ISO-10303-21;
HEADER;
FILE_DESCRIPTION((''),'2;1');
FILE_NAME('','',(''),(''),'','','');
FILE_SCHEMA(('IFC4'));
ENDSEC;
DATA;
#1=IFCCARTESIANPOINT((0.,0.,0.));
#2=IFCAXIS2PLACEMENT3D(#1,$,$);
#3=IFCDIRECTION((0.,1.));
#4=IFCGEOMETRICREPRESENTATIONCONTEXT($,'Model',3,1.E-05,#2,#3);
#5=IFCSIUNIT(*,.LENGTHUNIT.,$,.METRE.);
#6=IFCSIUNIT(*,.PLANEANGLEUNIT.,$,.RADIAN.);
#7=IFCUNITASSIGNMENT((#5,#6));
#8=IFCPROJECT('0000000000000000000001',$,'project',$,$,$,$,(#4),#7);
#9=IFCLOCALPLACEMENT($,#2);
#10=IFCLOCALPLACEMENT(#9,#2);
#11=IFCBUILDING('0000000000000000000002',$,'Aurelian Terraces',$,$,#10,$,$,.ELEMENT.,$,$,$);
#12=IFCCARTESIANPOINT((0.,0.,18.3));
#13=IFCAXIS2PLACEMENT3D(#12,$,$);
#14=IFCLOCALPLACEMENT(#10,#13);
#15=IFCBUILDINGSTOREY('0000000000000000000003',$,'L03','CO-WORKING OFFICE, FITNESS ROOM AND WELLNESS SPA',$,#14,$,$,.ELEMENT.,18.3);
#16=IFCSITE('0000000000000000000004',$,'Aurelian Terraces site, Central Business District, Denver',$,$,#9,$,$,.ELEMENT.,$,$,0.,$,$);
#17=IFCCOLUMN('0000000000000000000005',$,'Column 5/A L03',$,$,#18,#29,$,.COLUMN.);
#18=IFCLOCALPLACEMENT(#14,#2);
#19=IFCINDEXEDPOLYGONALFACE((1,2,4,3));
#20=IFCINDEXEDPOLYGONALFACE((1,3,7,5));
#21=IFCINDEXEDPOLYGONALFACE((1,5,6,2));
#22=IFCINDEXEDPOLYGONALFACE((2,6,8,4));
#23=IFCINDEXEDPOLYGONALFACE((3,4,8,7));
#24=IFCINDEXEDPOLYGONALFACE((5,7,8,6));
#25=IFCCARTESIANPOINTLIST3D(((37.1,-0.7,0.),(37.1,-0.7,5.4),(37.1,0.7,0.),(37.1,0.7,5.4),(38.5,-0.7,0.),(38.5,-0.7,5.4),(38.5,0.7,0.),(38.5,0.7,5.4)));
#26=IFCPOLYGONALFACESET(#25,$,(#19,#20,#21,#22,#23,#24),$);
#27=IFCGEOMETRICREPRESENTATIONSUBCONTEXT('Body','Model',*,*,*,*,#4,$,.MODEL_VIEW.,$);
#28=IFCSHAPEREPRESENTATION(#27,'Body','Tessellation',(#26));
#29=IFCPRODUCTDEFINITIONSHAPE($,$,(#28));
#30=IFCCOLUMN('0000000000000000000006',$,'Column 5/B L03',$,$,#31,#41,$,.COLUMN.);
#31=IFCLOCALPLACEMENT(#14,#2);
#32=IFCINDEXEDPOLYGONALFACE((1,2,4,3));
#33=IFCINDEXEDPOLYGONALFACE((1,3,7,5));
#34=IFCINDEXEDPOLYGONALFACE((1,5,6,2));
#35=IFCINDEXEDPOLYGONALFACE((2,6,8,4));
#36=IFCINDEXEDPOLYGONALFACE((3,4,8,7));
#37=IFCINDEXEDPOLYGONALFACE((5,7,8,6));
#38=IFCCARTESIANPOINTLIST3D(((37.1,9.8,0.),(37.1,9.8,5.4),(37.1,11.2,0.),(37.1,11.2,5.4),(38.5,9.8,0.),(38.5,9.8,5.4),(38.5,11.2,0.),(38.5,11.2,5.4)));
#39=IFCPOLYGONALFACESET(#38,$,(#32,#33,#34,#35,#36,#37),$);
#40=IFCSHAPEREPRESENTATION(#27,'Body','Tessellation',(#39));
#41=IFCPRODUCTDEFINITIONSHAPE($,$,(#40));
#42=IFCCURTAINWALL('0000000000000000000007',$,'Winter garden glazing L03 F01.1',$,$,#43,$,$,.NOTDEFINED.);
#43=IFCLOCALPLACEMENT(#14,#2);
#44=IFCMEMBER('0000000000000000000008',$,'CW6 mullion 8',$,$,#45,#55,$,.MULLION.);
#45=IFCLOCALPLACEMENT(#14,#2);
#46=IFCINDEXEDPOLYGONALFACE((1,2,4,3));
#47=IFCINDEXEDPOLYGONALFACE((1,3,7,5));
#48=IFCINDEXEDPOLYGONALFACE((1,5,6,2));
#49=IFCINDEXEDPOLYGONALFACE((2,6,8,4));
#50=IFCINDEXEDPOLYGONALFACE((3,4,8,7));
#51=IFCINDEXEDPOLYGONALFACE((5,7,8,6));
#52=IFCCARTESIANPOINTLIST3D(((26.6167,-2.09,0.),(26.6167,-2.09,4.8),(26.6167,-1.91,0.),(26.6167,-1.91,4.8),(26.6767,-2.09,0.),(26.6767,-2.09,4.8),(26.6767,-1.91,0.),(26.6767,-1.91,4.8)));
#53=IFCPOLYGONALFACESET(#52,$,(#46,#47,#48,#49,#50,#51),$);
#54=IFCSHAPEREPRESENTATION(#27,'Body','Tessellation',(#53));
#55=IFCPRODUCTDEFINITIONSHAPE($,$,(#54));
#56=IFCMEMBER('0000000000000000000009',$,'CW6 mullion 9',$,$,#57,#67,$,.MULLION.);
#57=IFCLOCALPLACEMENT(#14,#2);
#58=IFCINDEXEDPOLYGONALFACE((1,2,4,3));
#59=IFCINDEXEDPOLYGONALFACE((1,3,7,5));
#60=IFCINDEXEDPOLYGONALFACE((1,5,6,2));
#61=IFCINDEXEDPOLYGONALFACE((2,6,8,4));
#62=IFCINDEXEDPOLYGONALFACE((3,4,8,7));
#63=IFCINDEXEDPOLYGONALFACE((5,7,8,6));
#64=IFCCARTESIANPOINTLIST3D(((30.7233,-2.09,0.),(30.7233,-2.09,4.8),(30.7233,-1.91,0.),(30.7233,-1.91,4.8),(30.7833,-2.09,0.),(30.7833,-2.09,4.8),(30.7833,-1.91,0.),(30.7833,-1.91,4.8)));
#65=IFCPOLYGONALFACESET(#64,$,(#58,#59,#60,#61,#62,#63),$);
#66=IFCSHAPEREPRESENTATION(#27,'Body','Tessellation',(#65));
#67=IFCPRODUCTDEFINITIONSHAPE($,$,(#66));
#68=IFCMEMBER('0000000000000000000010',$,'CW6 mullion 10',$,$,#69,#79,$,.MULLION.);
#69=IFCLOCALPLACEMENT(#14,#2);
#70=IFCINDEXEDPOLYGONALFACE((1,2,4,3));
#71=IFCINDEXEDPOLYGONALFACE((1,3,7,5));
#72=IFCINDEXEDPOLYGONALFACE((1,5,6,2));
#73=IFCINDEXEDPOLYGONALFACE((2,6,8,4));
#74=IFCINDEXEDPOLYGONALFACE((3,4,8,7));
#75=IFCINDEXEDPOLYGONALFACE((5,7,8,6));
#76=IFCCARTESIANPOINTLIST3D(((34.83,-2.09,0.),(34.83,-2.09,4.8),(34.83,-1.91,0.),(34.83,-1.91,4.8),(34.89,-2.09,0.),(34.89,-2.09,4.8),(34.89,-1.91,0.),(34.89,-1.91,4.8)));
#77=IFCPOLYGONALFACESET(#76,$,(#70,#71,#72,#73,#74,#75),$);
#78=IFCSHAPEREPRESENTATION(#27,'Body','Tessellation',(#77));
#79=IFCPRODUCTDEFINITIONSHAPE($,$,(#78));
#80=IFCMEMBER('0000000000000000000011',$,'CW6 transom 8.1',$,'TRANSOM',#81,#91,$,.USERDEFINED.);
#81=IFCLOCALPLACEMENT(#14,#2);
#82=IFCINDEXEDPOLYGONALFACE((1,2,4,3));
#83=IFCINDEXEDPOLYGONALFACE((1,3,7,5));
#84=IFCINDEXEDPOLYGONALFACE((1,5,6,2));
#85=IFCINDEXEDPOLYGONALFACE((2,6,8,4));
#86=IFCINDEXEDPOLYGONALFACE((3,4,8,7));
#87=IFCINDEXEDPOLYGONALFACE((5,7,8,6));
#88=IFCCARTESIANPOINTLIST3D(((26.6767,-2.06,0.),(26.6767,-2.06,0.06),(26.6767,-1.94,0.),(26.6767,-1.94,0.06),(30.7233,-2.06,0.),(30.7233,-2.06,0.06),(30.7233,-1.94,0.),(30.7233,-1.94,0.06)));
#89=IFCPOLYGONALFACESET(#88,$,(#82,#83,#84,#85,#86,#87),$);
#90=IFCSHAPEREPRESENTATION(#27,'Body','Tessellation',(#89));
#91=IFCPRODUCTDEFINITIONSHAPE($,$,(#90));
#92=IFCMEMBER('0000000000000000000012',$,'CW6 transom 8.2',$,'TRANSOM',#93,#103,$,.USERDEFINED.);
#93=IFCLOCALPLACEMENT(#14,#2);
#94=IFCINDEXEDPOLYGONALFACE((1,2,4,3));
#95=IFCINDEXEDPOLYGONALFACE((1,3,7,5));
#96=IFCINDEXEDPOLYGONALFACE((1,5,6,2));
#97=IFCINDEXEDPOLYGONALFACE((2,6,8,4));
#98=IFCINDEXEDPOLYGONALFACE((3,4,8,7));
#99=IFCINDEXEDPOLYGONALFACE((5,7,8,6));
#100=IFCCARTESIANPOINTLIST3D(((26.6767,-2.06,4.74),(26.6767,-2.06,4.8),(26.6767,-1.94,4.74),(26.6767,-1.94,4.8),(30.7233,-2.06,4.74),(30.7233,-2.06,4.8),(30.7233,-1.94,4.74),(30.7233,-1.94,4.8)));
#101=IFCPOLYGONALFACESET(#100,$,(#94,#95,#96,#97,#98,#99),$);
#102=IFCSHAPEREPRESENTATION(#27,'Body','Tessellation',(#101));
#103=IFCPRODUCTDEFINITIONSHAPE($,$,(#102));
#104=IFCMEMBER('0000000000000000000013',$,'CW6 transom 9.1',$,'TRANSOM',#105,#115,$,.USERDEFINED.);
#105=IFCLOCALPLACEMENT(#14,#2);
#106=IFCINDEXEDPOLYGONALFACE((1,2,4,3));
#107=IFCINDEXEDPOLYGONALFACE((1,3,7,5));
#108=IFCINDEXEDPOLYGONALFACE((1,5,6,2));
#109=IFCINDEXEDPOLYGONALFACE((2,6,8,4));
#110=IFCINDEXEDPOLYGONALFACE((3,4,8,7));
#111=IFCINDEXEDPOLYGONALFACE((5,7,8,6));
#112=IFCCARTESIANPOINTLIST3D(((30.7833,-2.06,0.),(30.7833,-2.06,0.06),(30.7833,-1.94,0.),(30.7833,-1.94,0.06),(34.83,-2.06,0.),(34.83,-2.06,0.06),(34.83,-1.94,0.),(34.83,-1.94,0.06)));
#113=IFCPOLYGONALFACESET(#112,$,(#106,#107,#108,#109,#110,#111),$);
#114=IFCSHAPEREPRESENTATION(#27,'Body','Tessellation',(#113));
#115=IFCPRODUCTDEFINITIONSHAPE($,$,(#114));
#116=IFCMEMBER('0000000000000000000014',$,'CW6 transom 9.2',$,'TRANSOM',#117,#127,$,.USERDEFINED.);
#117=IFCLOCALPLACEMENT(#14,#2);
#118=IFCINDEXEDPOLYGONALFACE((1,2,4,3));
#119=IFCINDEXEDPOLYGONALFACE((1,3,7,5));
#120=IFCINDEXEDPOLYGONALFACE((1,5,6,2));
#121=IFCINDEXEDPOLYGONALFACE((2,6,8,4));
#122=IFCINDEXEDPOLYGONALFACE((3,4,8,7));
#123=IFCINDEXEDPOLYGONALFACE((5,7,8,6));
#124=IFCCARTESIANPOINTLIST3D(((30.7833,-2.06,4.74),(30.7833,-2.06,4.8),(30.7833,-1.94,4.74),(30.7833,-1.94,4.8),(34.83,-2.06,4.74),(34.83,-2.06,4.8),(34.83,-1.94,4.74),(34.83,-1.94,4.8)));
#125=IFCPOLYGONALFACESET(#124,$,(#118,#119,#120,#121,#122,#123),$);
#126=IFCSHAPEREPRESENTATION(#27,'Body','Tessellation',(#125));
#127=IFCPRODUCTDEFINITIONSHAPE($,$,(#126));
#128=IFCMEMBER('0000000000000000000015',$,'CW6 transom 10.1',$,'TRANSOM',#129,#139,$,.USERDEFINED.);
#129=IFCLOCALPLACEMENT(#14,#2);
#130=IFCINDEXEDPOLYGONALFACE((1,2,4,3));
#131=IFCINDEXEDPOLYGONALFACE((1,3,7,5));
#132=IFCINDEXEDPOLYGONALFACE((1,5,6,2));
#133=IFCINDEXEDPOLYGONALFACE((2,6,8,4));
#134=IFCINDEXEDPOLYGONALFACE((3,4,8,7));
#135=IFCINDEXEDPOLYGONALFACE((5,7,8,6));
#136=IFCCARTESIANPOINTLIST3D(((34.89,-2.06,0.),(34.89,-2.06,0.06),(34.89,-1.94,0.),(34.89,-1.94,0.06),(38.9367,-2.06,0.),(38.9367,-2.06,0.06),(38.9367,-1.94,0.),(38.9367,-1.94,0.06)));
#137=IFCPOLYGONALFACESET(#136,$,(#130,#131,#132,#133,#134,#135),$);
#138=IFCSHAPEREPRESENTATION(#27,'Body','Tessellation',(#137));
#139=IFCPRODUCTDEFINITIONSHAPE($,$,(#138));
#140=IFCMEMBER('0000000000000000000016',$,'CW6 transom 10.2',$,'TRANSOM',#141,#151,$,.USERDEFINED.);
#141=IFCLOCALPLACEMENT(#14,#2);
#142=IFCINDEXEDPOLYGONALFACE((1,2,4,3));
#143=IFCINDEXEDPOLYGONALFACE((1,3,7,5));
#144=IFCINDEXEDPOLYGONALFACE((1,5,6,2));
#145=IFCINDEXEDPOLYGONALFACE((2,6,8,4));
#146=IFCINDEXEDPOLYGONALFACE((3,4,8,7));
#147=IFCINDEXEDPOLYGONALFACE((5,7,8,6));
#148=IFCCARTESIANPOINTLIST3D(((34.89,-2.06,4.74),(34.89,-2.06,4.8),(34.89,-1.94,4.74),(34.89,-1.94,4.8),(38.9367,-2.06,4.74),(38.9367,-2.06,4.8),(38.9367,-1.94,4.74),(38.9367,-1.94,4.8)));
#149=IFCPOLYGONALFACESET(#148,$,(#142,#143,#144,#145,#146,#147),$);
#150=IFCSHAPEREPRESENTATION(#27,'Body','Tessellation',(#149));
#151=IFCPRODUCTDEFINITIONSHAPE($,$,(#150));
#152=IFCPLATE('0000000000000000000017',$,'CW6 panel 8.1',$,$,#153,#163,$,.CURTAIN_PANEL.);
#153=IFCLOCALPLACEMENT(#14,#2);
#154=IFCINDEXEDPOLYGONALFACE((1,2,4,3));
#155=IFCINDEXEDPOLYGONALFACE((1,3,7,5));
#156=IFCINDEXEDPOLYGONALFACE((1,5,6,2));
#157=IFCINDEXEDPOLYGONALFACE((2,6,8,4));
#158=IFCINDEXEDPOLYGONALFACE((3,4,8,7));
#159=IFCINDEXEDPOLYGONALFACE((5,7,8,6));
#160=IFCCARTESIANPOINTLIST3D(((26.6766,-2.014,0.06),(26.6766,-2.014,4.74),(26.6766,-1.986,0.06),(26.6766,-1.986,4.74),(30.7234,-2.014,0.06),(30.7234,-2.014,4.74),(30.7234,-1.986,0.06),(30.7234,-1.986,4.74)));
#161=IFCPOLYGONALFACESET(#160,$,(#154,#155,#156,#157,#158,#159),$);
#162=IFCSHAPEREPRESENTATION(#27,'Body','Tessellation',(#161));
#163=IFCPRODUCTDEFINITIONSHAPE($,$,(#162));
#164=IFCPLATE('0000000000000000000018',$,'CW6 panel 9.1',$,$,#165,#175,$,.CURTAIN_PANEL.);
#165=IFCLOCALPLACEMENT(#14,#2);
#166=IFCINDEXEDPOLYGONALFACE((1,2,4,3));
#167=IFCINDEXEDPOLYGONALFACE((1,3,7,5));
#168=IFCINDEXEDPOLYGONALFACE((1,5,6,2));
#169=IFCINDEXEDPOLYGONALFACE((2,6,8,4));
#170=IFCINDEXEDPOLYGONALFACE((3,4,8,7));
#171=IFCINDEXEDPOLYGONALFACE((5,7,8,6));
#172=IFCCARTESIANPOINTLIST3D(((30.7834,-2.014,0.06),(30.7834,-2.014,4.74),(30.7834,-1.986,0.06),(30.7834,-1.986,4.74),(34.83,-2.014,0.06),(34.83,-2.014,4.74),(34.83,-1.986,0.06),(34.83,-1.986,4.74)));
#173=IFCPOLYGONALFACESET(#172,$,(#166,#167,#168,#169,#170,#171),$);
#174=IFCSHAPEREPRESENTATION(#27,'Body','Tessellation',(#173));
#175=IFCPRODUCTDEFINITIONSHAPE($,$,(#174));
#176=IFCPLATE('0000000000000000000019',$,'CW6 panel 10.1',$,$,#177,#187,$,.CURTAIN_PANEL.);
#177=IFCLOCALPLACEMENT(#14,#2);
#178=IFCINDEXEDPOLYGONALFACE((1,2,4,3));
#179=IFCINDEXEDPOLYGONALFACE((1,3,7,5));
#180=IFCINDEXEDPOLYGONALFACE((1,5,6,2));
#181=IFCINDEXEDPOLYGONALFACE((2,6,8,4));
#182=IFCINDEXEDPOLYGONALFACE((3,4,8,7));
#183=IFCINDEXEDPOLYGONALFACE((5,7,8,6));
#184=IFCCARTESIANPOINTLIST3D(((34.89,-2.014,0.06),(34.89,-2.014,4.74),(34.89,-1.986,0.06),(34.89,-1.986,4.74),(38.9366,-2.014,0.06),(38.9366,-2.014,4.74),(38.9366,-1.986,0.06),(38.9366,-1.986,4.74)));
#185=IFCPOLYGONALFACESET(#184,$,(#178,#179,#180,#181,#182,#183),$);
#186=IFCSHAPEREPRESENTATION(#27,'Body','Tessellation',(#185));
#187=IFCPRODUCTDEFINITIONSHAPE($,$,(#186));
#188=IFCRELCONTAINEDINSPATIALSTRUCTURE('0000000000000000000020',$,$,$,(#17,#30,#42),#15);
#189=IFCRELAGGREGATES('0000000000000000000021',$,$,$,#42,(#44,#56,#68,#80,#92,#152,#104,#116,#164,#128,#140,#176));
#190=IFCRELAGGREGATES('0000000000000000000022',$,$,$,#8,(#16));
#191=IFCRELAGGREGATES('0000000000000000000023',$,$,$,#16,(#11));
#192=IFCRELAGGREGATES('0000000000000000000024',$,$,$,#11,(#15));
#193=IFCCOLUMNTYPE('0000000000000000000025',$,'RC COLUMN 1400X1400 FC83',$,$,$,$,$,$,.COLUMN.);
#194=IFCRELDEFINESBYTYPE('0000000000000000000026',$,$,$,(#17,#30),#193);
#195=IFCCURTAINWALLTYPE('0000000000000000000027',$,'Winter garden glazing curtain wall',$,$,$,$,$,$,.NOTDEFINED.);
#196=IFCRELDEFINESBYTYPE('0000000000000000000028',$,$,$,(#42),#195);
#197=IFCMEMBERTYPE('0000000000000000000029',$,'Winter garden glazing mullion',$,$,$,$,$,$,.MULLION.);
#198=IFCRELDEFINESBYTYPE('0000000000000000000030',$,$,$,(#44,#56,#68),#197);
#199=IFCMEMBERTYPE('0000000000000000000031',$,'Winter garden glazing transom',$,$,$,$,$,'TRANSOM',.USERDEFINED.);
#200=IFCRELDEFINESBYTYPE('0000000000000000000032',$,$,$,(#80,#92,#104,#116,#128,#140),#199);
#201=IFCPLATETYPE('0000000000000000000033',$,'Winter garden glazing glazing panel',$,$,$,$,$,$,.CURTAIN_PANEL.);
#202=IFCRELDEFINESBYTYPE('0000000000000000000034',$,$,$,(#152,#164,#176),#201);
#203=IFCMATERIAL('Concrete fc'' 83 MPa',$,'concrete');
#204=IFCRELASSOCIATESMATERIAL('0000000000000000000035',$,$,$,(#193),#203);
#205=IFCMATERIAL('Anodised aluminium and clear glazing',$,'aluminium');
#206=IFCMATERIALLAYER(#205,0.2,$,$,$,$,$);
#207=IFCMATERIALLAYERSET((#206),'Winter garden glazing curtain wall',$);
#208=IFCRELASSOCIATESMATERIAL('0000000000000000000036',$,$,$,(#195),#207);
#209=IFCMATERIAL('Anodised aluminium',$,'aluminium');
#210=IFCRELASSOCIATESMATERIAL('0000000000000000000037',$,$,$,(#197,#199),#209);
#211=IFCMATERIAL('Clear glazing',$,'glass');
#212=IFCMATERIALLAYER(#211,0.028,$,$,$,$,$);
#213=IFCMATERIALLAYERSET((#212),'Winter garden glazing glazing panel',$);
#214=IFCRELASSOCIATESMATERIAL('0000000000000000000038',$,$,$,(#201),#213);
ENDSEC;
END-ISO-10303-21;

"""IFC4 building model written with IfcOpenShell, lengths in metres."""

from ifc_helpers import new_model, si_unit, direction, frame, origin, origin_2d, place, context, subcontext, project, spatial, rectangle, extrude, source, transform, mapped, material, layer, layer_set, material_profile, profile_set, type_object, element, aggregate, save


model = new_model("IFC4")

# Units and contexts
model_context = context("Model", 3, precision=1e-05, world=origin(), true_north=direction((0.0, 1.0)))
body_context = subcontext(model_context, "Body", "Model", "MODEL_VIEW")
ifc_project = project(units=[si_unit("LENGTHUNIT", "METRE"), si_unit("PLANEANGLEUNIT", "RADIAN")], contexts=[model_context])

# Site, building, storey
site_placement = place(None, origin())
site = spatial("IfcSite", under=ifc_project, at=site_placement, Name="Aurelian Terraces site, Central Business District, Denver", CompositionType="ELEMENT", RefElevation=0.0)
building_placement = place(site_placement, origin())
building = spatial("IfcBuilding", under=site, at=building_placement, Name="Aurelian Terraces", CompositionType="ELEMENT")
storey_placement = place(building_placement, frame((0.0, 0.0, 18.3)))
storey = spatial("IfcBuildingStorey", under=building, at=storey_placement, Name="L03", Description="CO-WORKING OFFICE, FITNESS ROOM AND WELLNESS SPA", CompositionType="ELEMENT", Elevation=18.3)

# Columns
ifc_material_1 = material(Name="Concrete fc' 83 MPa", Category="concrete")
ifc_material_profile_1 = material_profile(ifc_material_1, rectangle(XDim=1.4, YDim=1.4, at=origin_2d()))
ifc_profile_set_1 = profile_set([ifc_material_profile_1], Name="Concrete fc' 83 MPa")
column_type = type_object("IfcColumnType", Name="RC COLUMN 1400X1400 FC83", PredefinedType="COLUMN", material=ifc_profile_set_1)
shared_shape_1 = source(origin(), body_context, "Body", "SweptSolid", [
    extrude(rectangle(XDim=1.4, YDim=1.4, at=origin_2d()), origin(), (0.0, 0.0, 1.0), 5.4),
])
for number, where, z_axis, x_axis, name in (
    (1, (37.8, 0.0, 0.0), (0.0, 0.0, 1.0), (1.0, 0.0, 0.0), "Column 5/A L03"),
    (2, (37.8, 10.5, 0.0), (0.0, 0.0, 1.0), (1.0, 0.0, 0.0), "Column 5/B L03"),
):
    element("IfcColumn", number, at=place(storey_placement, frame(where, z_axis=z_axis, x_axis=x_axis)), inside=storey, type_object=column_type, Name=name, PredefinedType="COLUMN", context=body_context, shape_type="MappedRepresentation", body=[
        mapped(shared_shape_1, transform((0.0, 0.0, 0.0), scale=1.0)),
    ])

# Curtain wall, members, plates
ifc_material_2 = material(Name="Anodised aluminium and clear glazing", Category="aluminium")
ifc_layer_1 = layer(ifc_material_2, 0.2)
ifc_layer_set_1 = layer_set([ifc_layer_1], Name="Winter garden glazing curtain wall")
curtain_wall_type = type_object("IfcCurtainWallType", Name="Winter garden glazing curtain wall", PredefinedType="NOTDEFINED", material=ifc_layer_set_1)
curtain_wall_placement = place(storey_placement, origin())
curtain_wall = element("IfcCurtainWall", 3, at=curtain_wall_placement, inside=storey, type_object=curtain_wall_type, Name="Winter garden glazing L03 F01.1", PredefinedType="NOTDEFINED")
ifc_material_3 = material(Name="Anodised aluminium", Category="aluminium")
ifc_material_profile_2 = material_profile(ifc_material_3, rectangle(XDim=0.18, YDim=0.06, at=origin_2d()))
ifc_profile_set_2 = profile_set([ifc_material_profile_2], Name="Anodised aluminium")
member_type_1 = type_object("IfcMemberType", Name="Winter garden glazing mullion", PredefinedType="MULLION", material=ifc_profile_set_2)
shared_shape_2 = source(origin(), body_context, "Body", "SweptSolid", [
    extrude(rectangle(XDim=0.18, YDim=0.06, at=origin_2d()), origin(), (0.0, 0.0, 1.0), 4.8),
])
member_1_placement = place(storey_placement, frame((26.6467, -2.0, 0.0), z_axis=(0.0, 0.0, 1.0), x_axis=(0.0, 1.0, 0.0)))
member_1 = element("IfcMember", 4, at=member_1_placement, type_object=member_type_1, Name="CW6 mullion 8", PredefinedType="MULLION", context=body_context, shape_type="MappedRepresentation", body=[
    mapped(shared_shape_2, transform((0.0, 0.0, 0.0), scale=1.0)),
])
member_2_placement = place(storey_placement, frame((30.7533, -2.0, 0.0), z_axis=(0.0, 0.0, 1.0), x_axis=(0.0, 1.0, 0.0)))
member_2 = element("IfcMember", 5, at=member_2_placement, type_object=member_type_1, Name="CW6 mullion 9", PredefinedType="MULLION", context=body_context, shape_type="MappedRepresentation", body=[
    mapped(shared_shape_2, transform((0.0, 0.0, 0.0), scale=1.0)),
])
member_3_placement = place(storey_placement, frame((34.86, -2.0, 0.0), z_axis=(0.0, 0.0, 1.0), x_axis=(0.0, 1.0, 0.0)))
member_3 = element("IfcMember", 6, at=member_3_placement, type_object=member_type_1, Name="CW6 mullion 10", PredefinedType="MULLION", context=body_context, shape_type="MappedRepresentation", body=[
    mapped(shared_shape_2, transform((0.0, 0.0, 0.0), scale=1.0)),
])
ifc_material_profile_3 = material_profile(ifc_material_3, rectangle(XDim=0.12, YDim=0.06, at=origin_2d()))
ifc_profile_set_3 = profile_set([ifc_material_profile_3], Name="Anodised aluminium")
member_type_2 = type_object("IfcMemberType", Name="Winter garden glazing transom", ElementType="TRANSOM", PredefinedType="USERDEFINED", material=ifc_profile_set_3)
shared_shape_3 = source(origin(), body_context, "Body", "SweptSolid", [
    extrude(rectangle(XDim=0.12, YDim=0.06, at=origin_2d()), origin(), (0.0, 0.0, 1.0), 4.0466),
])
member_4_placement = place(storey_placement, frame((26.6767, -2.0, 0.03), z_axis=(1.0, 0.0, 0.0), x_axis=(0.0, 1.0, 0.0)))
member_4 = element("IfcMember", 7, at=member_4_placement, type_object=member_type_2, Name="CW6 transom 8.1", ObjectType="TRANSOM", PredefinedType="USERDEFINED", context=body_context, shape_type="MappedRepresentation", body=[
    mapped(shared_shape_3, transform((0.0, 0.0, 0.0), scale=1.0)),
])
member_5_placement = place(storey_placement, frame((26.6767, -2.0, 4.77), z_axis=(1.0, 0.0, 0.0), x_axis=(0.0, 1.0, 0.0)))
member_5 = element("IfcMember", 8, at=member_5_placement, type_object=member_type_2, Name="CW6 transom 8.2", ObjectType="TRANSOM", PredefinedType="USERDEFINED", context=body_context, shape_type="MappedRepresentation", body=[
    mapped(shared_shape_3, transform((0.0, 0.0, 0.0), scale=1.0)),
])
shared_shape_4 = source(origin(), body_context, "Body", "SweptSolid", [
    extrude(rectangle(XDim=0.12, YDim=0.06, at=origin_2d()), origin(), (0.0, 0.0, 1.0), 4.0467),
])
member_6_placement = place(storey_placement, frame((30.7833, -2.0, 0.03), z_axis=(1.0, 0.0, 0.0), x_axis=(0.0, 1.0, 0.0)))
member_6 = element("IfcMember", 9, at=member_6_placement, type_object=member_type_2, Name="CW6 transom 9.1", ObjectType="TRANSOM", PredefinedType="USERDEFINED", context=body_context, shape_type="MappedRepresentation", body=[
    mapped(shared_shape_4, transform((0.0, 0.0, 0.0), scale=1.0)),
])
member_7_placement = place(storey_placement, frame((30.7833, -2.0, 4.77), z_axis=(1.0, 0.0, 0.0), x_axis=(0.0, 1.0, 0.0)))
member_7 = element("IfcMember", 10, at=member_7_placement, type_object=member_type_2, Name="CW6 transom 9.2", ObjectType="TRANSOM", PredefinedType="USERDEFINED", context=body_context, shape_type="MappedRepresentation", body=[
    mapped(shared_shape_4, transform((0.0, 0.0, 0.0), scale=1.0)),
])
member_8_placement = place(storey_placement, frame((34.89, -2.0, 0.03), z_axis=(1.0, 0.0, 0.0), x_axis=(0.0, 1.0, 0.0)))
member_8 = element("IfcMember", 11, at=member_8_placement, type_object=member_type_2, Name="CW6 transom 10.1", ObjectType="TRANSOM", PredefinedType="USERDEFINED", context=body_context, shape_type="MappedRepresentation", body=[
    mapped(shared_shape_4, transform((0.0, 0.0, 0.0), scale=1.0)),
])
member_9_placement = place(storey_placement, frame((34.89, -2.0, 4.77), z_axis=(1.0, 0.0, 0.0), x_axis=(0.0, 1.0, 0.0)))
member_9 = element("IfcMember", 12, at=member_9_placement, type_object=member_type_2, Name="CW6 transom 10.2", ObjectType="TRANSOM", PredefinedType="USERDEFINED", context=body_context, shape_type="MappedRepresentation", body=[
    mapped(shared_shape_4, transform((0.0, 0.0, 0.0), scale=1.0)),
])
ifc_material_4 = material(Name="Clear glazing", Category="glass")
ifc_layer_2 = layer(ifc_material_4, 0.028)
ifc_layer_set_2 = layer_set([ifc_layer_2], Name="Winter garden glazing glazing panel")
plate_type = type_object("IfcPlateType", Name="Winter garden glazing glazing panel", PredefinedType="CURTAIN_PANEL", material=ifc_layer_set_2)
shared_shape_5 = source(origin(), body_context, "Body", "SweptSolid", [
    extrude(rectangle(XDim=4.0467, YDim=0.028, at=origin_2d()), origin(), (0.0, 0.0, 1.0), 4.68),
])
plate_1_placement = place(storey_placement, frame((28.7, -2.0, 0.06), z_axis=(0.0, 0.0, 1.0), x_axis=(1.0, 0.0, 0.0)))
plate_1 = element("IfcPlate", 13, at=plate_1_placement, type_object=plate_type, Name="CW6 panel 8.1", PredefinedType="CURTAIN_PANEL", context=body_context, shape_type="MappedRepresentation", body=[
    mapped(shared_shape_5, transform((0.0, 0.0, 0.0), scale=1.0)),
])
plate_2_placement = place(storey_placement, frame((32.8067, -2.0, 0.06), z_axis=(0.0, 0.0, 1.0), x_axis=(1.0, 0.0, 0.0)))
plate_2 = element("IfcPlate", 14, at=plate_2_placement, type_object=plate_type, Name="CW6 panel 9.1", PredefinedType="CURTAIN_PANEL", context=body_context, shape_type="MappedRepresentation", body=[
    mapped(shared_shape_5, transform((0.0, 0.0, 0.0), scale=1.0)),
])
plate_3_placement = place(storey_placement, frame((36.9133, -2.0, 0.06), z_axis=(0.0, 0.0, 1.0), x_axis=(1.0, 0.0, 0.0)))
plate_3 = element("IfcPlate", 15, at=plate_3_placement, type_object=plate_type, Name="CW6 panel 10.1", PredefinedType="CURTAIN_PANEL", context=body_context, shape_type="MappedRepresentation", body=[
    mapped(shared_shape_5, transform((0.0, 0.0, 0.0), scale=1.0)),
])
aggregate(curtain_wall, [member_1, member_2, member_3, member_4, member_5, plate_1, member_6, member_7, plate_2, member_8, member_9, plate_3])

save(model, "model.ifc")
